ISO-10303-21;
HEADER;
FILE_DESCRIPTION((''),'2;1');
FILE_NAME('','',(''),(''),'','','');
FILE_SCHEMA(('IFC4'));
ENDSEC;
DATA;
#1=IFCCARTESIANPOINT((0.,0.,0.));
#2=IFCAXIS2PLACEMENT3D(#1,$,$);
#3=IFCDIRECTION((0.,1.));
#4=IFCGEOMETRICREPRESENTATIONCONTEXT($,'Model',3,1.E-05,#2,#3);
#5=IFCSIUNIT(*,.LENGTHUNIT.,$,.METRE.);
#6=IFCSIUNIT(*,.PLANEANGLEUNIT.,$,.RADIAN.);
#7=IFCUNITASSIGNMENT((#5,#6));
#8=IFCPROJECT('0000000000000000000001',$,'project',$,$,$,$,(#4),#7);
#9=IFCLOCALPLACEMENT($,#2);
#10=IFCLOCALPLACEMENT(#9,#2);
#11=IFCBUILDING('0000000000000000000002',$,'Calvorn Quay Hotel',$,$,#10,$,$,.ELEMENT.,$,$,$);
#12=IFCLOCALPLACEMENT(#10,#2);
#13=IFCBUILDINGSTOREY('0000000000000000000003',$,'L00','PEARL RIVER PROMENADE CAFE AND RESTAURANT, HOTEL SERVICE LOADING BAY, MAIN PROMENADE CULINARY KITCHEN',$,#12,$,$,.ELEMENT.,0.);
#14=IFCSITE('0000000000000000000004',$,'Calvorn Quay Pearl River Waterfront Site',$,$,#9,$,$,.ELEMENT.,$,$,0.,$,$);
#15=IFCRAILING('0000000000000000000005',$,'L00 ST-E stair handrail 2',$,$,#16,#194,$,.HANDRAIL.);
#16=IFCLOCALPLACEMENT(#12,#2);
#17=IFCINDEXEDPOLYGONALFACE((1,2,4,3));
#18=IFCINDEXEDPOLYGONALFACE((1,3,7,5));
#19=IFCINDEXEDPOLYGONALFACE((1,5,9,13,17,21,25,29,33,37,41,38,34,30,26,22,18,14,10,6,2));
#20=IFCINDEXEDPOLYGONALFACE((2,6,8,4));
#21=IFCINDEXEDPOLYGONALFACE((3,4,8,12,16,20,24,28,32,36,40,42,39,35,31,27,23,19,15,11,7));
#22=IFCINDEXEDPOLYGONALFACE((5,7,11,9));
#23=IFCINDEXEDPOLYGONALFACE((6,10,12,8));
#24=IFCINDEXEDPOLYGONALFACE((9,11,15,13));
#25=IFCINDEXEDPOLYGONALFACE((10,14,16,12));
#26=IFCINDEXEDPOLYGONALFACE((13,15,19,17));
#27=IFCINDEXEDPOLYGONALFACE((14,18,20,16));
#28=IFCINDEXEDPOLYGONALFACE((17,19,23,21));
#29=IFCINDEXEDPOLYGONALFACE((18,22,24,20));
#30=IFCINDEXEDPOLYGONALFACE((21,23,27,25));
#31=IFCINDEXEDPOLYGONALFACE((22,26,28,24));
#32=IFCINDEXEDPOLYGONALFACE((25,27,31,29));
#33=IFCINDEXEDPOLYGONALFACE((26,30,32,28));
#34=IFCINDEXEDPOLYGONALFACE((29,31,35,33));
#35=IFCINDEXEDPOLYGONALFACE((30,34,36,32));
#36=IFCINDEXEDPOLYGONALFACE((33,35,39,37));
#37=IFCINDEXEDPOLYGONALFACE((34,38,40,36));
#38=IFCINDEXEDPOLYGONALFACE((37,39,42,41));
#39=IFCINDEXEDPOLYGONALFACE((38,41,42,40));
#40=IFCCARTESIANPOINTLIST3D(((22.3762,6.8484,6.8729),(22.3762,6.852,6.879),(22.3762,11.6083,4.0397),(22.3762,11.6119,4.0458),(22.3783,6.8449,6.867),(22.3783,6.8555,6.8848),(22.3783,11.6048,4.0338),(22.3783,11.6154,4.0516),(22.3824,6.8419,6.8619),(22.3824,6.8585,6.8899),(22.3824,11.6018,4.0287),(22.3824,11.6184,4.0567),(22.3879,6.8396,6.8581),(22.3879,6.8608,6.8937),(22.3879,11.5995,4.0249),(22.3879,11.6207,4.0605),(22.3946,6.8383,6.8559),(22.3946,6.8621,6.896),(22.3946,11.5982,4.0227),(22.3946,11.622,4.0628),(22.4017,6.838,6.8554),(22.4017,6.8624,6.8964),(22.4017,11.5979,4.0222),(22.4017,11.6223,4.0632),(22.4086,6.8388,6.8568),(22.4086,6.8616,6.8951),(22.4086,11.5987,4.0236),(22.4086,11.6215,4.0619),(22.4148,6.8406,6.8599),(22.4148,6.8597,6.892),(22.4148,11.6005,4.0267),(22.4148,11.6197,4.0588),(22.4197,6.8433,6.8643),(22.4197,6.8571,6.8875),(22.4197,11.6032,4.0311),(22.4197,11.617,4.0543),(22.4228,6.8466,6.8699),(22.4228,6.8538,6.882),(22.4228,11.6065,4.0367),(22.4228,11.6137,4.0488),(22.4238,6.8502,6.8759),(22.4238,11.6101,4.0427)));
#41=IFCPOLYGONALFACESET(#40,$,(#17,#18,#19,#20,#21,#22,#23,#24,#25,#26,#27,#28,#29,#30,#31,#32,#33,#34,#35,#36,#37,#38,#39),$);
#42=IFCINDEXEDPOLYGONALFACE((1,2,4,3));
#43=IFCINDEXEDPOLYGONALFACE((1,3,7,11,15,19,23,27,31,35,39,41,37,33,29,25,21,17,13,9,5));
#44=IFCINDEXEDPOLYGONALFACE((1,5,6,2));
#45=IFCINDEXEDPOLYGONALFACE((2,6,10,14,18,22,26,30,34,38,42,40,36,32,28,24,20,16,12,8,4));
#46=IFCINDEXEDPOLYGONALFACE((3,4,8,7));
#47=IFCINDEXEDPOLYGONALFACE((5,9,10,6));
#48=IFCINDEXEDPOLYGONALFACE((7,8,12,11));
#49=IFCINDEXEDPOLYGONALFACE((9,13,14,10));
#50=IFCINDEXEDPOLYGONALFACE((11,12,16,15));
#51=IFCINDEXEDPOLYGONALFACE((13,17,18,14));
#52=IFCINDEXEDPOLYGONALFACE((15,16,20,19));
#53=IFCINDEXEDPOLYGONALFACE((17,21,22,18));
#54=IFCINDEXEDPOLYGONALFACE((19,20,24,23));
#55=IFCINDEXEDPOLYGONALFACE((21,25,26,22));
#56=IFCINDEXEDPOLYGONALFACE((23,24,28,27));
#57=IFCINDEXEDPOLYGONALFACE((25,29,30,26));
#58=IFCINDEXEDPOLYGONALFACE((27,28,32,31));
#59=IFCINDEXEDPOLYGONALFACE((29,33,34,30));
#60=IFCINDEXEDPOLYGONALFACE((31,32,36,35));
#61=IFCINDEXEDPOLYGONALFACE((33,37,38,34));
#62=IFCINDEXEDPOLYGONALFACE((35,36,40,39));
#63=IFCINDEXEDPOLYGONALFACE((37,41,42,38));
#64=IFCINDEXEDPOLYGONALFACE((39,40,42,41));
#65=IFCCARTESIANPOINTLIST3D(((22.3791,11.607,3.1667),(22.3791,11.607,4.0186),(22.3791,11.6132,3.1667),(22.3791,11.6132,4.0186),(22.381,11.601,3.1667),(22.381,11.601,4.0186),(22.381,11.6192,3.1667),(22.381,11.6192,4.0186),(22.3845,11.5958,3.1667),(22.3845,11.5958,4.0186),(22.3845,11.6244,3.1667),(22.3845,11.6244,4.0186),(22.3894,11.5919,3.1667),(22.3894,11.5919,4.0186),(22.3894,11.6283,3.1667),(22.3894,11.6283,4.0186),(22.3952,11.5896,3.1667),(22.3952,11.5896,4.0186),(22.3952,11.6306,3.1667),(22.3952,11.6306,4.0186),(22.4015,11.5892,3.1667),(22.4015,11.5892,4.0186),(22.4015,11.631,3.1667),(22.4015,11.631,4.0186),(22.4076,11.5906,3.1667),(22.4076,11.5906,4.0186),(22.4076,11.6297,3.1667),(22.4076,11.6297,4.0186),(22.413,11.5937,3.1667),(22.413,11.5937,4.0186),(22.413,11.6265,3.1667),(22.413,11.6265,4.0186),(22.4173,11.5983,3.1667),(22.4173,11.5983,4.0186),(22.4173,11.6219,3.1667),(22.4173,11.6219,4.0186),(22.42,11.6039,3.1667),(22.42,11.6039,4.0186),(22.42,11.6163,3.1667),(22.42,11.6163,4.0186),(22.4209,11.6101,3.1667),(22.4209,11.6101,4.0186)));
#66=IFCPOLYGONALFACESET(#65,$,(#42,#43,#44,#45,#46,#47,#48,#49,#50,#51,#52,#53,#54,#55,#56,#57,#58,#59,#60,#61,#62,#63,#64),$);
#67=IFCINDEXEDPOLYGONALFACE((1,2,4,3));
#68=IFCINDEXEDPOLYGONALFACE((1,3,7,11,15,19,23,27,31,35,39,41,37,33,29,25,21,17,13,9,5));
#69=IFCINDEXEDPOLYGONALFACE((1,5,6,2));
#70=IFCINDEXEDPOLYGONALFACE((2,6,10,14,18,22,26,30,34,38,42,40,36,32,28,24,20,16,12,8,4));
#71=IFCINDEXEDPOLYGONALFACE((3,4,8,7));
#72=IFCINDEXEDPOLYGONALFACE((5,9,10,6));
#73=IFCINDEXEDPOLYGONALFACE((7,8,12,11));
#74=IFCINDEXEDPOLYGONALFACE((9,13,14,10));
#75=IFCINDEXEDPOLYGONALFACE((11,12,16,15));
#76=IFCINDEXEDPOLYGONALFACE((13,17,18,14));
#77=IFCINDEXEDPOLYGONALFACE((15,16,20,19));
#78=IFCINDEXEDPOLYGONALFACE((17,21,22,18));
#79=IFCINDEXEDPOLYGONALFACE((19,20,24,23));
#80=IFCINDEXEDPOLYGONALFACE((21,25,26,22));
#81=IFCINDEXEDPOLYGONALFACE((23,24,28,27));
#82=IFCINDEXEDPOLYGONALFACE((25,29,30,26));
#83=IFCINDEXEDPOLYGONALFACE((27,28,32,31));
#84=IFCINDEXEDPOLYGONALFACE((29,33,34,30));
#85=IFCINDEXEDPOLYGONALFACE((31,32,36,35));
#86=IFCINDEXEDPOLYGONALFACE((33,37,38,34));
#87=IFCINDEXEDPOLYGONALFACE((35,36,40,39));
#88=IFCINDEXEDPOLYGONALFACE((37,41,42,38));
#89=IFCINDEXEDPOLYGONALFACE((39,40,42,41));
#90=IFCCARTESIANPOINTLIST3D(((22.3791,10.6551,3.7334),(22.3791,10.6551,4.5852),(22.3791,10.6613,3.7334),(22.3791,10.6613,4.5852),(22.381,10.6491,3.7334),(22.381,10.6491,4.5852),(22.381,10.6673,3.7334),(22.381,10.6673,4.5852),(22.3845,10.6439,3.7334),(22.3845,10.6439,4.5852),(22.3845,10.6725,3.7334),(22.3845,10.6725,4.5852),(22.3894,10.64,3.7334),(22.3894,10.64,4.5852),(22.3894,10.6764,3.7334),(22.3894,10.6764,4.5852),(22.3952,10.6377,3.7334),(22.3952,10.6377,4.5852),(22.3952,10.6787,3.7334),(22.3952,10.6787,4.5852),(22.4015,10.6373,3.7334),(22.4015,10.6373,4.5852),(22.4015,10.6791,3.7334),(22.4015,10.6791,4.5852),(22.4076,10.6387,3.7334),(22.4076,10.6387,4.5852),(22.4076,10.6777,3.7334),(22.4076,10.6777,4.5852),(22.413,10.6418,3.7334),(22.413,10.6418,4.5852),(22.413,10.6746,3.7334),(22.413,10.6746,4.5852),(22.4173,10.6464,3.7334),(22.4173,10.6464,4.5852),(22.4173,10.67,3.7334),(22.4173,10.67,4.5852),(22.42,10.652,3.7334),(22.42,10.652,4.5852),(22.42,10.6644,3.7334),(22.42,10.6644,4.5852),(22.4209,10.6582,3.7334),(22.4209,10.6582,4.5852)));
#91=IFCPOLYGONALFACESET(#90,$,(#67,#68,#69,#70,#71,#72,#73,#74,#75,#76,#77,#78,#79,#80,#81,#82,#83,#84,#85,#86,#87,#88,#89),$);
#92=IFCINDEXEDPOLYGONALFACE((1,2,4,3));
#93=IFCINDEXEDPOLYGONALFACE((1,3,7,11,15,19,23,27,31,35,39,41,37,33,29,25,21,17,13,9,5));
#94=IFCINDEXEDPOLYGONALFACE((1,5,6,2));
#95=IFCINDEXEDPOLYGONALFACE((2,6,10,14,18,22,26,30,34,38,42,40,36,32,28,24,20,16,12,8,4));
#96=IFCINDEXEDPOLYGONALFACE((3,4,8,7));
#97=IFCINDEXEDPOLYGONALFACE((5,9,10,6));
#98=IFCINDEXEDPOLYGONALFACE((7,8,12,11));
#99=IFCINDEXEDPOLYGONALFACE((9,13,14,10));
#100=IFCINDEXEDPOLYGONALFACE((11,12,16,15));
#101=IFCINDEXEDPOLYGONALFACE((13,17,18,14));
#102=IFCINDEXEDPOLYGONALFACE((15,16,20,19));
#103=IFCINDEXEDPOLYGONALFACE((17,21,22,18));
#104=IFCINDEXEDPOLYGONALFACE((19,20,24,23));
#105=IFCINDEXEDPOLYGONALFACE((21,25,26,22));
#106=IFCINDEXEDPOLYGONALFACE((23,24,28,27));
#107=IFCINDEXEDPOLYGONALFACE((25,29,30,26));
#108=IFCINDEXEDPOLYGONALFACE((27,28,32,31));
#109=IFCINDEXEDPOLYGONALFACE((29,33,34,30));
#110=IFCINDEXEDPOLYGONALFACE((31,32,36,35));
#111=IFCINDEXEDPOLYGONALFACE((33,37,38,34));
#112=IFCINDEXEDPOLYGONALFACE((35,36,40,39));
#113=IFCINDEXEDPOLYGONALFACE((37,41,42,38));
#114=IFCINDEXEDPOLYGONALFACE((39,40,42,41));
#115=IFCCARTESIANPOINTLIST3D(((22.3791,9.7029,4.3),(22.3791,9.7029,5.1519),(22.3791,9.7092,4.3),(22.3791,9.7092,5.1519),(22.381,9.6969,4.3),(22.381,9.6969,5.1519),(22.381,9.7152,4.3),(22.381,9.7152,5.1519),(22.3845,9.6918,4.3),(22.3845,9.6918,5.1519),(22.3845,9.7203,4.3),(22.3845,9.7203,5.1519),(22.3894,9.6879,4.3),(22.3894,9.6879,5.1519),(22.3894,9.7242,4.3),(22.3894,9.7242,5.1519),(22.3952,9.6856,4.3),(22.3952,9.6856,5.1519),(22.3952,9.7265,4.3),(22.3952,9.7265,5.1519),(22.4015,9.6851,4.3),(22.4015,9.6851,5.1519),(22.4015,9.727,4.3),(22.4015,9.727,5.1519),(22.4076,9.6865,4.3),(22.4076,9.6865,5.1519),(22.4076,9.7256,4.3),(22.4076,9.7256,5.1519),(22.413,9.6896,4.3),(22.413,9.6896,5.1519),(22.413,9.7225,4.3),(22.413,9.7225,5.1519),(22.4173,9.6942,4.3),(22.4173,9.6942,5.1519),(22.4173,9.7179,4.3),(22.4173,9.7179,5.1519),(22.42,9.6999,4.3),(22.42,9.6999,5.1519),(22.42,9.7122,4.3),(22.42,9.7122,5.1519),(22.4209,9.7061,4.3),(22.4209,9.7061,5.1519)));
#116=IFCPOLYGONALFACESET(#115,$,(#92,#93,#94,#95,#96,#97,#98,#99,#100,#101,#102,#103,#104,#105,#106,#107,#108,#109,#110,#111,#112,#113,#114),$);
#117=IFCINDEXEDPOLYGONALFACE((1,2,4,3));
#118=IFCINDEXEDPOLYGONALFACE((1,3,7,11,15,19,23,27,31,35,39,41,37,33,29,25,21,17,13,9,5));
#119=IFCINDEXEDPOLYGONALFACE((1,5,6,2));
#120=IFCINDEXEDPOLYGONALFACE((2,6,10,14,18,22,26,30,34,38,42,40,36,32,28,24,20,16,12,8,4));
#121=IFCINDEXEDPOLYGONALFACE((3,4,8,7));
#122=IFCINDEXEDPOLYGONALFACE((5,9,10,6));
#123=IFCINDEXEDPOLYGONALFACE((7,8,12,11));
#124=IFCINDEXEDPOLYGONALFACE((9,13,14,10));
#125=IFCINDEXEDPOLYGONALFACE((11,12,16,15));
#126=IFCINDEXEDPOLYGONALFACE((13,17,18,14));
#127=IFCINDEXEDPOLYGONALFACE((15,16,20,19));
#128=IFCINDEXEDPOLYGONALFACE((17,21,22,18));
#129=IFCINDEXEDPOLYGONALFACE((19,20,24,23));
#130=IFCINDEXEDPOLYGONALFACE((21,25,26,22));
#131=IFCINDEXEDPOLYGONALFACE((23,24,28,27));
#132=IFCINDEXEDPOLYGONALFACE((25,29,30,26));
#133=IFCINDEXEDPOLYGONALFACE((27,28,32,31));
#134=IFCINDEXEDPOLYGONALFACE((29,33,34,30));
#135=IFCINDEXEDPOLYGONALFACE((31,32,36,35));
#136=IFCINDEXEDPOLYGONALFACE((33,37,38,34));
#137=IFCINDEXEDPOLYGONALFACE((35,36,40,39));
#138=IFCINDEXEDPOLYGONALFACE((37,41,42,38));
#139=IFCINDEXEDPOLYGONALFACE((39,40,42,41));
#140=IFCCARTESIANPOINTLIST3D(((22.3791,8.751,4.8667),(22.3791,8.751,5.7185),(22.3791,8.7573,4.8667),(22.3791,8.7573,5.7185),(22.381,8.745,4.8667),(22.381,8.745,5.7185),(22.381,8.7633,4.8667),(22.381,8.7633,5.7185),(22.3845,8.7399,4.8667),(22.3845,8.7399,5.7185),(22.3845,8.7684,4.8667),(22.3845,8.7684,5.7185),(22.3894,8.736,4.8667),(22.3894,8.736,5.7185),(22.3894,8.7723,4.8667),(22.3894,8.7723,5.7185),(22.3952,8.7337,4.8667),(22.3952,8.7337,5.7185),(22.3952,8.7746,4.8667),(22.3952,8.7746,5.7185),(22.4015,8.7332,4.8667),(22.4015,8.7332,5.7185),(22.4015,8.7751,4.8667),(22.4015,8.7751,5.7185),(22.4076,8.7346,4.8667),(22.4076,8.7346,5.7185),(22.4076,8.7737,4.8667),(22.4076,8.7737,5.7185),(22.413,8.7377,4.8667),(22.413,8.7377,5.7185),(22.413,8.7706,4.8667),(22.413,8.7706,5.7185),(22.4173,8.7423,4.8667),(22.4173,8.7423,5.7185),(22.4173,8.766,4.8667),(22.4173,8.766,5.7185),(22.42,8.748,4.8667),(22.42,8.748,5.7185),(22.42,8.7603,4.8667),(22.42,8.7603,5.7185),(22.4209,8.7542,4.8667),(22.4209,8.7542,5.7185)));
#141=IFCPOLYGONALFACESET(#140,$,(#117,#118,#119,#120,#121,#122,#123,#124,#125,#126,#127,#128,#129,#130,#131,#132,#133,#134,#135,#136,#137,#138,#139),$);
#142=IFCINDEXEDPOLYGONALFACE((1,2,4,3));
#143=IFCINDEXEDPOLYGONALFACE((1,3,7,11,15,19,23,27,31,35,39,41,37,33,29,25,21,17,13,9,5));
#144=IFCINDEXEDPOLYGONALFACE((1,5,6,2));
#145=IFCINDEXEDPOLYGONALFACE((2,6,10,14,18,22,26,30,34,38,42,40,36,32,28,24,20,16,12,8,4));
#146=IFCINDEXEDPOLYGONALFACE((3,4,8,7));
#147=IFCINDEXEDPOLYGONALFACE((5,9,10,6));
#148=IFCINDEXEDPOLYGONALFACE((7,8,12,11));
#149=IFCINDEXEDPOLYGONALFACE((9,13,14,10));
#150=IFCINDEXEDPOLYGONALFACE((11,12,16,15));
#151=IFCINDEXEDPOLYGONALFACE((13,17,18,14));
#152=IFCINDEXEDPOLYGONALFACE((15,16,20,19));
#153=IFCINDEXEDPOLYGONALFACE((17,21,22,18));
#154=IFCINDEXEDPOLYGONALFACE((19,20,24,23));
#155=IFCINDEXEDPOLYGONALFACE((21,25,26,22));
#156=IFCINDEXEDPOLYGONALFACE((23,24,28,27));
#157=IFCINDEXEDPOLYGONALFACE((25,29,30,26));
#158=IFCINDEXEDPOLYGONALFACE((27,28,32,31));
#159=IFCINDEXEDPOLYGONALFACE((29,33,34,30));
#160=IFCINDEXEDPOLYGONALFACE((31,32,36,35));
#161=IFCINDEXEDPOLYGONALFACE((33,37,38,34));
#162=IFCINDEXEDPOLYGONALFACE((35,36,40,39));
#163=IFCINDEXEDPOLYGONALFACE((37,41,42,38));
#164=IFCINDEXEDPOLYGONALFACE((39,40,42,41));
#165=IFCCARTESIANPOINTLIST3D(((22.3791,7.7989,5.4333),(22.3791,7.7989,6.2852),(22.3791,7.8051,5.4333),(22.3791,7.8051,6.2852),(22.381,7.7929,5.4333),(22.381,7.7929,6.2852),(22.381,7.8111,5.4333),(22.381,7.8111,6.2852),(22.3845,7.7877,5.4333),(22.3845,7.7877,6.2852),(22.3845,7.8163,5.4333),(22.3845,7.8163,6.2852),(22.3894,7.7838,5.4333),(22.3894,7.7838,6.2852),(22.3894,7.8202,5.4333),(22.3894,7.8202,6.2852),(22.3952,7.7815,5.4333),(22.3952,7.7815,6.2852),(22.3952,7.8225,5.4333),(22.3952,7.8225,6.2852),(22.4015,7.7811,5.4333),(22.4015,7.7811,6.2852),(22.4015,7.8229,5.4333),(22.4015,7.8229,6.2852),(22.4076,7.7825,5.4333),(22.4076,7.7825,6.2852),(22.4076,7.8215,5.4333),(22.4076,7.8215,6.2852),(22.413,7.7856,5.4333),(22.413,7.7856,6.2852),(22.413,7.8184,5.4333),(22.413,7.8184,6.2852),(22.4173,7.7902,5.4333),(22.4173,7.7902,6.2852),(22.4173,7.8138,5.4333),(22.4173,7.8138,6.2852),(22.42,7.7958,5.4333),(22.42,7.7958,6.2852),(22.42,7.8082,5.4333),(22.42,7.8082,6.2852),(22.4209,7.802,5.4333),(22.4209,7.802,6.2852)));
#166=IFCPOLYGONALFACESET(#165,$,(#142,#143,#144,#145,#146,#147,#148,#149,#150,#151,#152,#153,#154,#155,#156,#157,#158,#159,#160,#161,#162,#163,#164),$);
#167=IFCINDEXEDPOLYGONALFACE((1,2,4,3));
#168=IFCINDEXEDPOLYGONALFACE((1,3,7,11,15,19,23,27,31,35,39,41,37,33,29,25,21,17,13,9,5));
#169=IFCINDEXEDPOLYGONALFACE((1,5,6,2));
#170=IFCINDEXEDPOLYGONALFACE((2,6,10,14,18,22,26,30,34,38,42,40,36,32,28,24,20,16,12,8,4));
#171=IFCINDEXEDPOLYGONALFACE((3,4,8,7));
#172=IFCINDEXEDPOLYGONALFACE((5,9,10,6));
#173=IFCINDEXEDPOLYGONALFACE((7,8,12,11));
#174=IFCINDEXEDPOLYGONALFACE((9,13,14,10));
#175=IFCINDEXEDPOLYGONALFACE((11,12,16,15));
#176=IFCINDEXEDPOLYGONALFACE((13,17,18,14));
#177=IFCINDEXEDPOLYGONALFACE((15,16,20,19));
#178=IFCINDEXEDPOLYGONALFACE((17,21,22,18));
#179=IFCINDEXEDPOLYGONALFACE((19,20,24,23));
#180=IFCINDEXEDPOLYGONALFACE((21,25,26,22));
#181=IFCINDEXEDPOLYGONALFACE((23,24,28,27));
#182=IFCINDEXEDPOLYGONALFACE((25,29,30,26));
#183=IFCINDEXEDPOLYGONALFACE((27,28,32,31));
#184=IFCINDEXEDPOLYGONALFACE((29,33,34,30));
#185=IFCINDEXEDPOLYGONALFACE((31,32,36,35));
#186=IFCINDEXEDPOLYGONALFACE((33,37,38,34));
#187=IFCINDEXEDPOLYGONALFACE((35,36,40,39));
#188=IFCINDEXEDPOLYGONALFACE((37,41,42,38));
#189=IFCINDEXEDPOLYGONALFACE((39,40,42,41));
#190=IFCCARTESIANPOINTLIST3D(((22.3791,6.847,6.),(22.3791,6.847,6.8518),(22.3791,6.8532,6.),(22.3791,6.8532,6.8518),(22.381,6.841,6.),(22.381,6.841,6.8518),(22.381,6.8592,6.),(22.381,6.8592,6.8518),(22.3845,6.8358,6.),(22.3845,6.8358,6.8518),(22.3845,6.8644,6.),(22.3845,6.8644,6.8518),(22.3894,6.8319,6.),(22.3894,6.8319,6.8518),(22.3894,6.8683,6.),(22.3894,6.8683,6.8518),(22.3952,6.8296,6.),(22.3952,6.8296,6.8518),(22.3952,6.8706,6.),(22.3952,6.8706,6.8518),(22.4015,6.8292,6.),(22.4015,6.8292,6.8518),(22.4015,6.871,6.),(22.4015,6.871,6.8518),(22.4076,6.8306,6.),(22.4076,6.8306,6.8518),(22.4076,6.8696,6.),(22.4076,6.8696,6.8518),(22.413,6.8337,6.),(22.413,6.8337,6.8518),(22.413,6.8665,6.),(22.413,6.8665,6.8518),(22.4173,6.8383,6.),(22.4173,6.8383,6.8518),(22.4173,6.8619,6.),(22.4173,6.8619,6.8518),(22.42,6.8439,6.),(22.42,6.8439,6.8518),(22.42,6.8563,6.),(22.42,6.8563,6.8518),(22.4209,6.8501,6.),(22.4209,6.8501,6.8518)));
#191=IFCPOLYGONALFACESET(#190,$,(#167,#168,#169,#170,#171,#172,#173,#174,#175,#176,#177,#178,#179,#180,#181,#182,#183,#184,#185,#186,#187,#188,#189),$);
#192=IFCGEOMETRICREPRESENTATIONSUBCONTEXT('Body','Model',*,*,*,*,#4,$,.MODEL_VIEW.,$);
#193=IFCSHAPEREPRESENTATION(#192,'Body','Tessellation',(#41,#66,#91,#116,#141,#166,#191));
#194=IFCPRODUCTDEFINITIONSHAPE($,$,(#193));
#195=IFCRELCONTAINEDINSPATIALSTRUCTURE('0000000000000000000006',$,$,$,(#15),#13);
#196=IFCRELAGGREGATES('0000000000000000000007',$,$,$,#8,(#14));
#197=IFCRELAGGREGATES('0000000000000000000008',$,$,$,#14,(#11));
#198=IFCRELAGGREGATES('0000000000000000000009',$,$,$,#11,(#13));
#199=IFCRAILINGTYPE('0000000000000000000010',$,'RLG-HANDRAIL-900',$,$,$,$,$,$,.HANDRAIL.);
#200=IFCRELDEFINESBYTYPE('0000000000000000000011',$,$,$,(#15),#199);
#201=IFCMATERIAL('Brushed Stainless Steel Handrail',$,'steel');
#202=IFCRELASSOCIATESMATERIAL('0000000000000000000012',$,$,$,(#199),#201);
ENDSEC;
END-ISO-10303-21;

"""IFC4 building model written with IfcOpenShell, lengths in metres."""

from ifc_helpers import new_model, si_unit, direction, frame, origin, origin_2d, place, context, subcontext, project, spatial, circle, extrude, material, type_object, element, save


model = new_model("IFC4")

# Units and contexts
model_context = context("Model", 3, precision=1e-05, world=origin(), true_north=direction((0.0, 1.0)))
body_context = subcontext(model_context, "Body", "Model", "MODEL_VIEW")
ifc_project = project(units=[si_unit("LENGTHUNIT", "METRE"), si_unit("PLANEANGLEUNIT", "RADIAN")], contexts=[model_context])

# Site, building, storey
site_placement = place(None, origin())
site = spatial("IfcSite", under=ifc_project, at=site_placement, Name="Calvorn Quay Pearl River Waterfront Site", CompositionType="ELEMENT", RefElevation=0.0)
building_placement = place(site_placement, origin())
building = spatial("IfcBuilding", under=site, at=building_placement, Name="Calvorn Quay Hotel", CompositionType="ELEMENT")
storey_placement = place(building_placement, origin())
storey = spatial("IfcBuildingStorey", under=building, at=storey_placement, Name="L00", Description="PEARL RIVER PROMENADE CAFE AND RESTAURANT, HOTEL SERVICE LOADING BAY, MAIN PROMENADE CULINARY KITCHEN", CompositionType="ELEMENT", Elevation=0.0)

# Railing
ifc_material_1 = material(Name="Brushed Stainless Steel Handrail", Category="steel")
railing_type_1 = type_object("IfcRailingType", Name="RLG-HANDRAIL-900", PredefinedType="HANDRAIL", material=ifc_material_1)
railing_1_placement = place(storey_placement, frame((22.3999, 11.6101, 3.1667)))
element("IfcRailing", 1, at=railing_1_placement, inside=storey, type_object=railing_type_1, Name="L00 ST-E stair handrail 2", PredefinedType="HANDRAIL", context=body_context, shape_type="SweptSolid", body=[
    extrude(circle(Radius=0.0239, at=origin_2d()), frame((0.0, 0.0, 0.876), z_axis=(0.0, -0.8593, 0.511472), x_axis=(1.0, 0.0, 0.0)), (0.0, 0.0, 1.0), 5.5393),
    extrude(circle(Radius=0.021, at=origin_2d()), origin(), (0.0, 0.0, 1.0), 0.8518),
    extrude(circle(Radius=0.021, at=origin_2d()), frame((0.0, -0.9519, 0.5667)), (0.0, 0.0, 1.0), 0.8518),
    extrude(circle(Radius=0.021, at=origin_2d()), frame((0.0, -1.9041, 1.1333)), (0.0, 0.0, 1.0), 0.8518),
    extrude(circle(Radius=0.021, at=origin_2d()), frame((0.0, -2.856, 1.7)), (0.0, 0.0, 1.0), 0.8518),
    extrude(circle(Radius=0.021, at=origin_2d()), frame((0.0, -3.8081, 2.2666)), (0.0, 0.0, 1.0), 0.8518),
    extrude(circle(Radius=0.021, at=origin_2d()), frame((0.0, -4.76, 2.8333)), (0.0, 0.0, 1.0), 0.8518),
])

save(model, "model.ifc")
